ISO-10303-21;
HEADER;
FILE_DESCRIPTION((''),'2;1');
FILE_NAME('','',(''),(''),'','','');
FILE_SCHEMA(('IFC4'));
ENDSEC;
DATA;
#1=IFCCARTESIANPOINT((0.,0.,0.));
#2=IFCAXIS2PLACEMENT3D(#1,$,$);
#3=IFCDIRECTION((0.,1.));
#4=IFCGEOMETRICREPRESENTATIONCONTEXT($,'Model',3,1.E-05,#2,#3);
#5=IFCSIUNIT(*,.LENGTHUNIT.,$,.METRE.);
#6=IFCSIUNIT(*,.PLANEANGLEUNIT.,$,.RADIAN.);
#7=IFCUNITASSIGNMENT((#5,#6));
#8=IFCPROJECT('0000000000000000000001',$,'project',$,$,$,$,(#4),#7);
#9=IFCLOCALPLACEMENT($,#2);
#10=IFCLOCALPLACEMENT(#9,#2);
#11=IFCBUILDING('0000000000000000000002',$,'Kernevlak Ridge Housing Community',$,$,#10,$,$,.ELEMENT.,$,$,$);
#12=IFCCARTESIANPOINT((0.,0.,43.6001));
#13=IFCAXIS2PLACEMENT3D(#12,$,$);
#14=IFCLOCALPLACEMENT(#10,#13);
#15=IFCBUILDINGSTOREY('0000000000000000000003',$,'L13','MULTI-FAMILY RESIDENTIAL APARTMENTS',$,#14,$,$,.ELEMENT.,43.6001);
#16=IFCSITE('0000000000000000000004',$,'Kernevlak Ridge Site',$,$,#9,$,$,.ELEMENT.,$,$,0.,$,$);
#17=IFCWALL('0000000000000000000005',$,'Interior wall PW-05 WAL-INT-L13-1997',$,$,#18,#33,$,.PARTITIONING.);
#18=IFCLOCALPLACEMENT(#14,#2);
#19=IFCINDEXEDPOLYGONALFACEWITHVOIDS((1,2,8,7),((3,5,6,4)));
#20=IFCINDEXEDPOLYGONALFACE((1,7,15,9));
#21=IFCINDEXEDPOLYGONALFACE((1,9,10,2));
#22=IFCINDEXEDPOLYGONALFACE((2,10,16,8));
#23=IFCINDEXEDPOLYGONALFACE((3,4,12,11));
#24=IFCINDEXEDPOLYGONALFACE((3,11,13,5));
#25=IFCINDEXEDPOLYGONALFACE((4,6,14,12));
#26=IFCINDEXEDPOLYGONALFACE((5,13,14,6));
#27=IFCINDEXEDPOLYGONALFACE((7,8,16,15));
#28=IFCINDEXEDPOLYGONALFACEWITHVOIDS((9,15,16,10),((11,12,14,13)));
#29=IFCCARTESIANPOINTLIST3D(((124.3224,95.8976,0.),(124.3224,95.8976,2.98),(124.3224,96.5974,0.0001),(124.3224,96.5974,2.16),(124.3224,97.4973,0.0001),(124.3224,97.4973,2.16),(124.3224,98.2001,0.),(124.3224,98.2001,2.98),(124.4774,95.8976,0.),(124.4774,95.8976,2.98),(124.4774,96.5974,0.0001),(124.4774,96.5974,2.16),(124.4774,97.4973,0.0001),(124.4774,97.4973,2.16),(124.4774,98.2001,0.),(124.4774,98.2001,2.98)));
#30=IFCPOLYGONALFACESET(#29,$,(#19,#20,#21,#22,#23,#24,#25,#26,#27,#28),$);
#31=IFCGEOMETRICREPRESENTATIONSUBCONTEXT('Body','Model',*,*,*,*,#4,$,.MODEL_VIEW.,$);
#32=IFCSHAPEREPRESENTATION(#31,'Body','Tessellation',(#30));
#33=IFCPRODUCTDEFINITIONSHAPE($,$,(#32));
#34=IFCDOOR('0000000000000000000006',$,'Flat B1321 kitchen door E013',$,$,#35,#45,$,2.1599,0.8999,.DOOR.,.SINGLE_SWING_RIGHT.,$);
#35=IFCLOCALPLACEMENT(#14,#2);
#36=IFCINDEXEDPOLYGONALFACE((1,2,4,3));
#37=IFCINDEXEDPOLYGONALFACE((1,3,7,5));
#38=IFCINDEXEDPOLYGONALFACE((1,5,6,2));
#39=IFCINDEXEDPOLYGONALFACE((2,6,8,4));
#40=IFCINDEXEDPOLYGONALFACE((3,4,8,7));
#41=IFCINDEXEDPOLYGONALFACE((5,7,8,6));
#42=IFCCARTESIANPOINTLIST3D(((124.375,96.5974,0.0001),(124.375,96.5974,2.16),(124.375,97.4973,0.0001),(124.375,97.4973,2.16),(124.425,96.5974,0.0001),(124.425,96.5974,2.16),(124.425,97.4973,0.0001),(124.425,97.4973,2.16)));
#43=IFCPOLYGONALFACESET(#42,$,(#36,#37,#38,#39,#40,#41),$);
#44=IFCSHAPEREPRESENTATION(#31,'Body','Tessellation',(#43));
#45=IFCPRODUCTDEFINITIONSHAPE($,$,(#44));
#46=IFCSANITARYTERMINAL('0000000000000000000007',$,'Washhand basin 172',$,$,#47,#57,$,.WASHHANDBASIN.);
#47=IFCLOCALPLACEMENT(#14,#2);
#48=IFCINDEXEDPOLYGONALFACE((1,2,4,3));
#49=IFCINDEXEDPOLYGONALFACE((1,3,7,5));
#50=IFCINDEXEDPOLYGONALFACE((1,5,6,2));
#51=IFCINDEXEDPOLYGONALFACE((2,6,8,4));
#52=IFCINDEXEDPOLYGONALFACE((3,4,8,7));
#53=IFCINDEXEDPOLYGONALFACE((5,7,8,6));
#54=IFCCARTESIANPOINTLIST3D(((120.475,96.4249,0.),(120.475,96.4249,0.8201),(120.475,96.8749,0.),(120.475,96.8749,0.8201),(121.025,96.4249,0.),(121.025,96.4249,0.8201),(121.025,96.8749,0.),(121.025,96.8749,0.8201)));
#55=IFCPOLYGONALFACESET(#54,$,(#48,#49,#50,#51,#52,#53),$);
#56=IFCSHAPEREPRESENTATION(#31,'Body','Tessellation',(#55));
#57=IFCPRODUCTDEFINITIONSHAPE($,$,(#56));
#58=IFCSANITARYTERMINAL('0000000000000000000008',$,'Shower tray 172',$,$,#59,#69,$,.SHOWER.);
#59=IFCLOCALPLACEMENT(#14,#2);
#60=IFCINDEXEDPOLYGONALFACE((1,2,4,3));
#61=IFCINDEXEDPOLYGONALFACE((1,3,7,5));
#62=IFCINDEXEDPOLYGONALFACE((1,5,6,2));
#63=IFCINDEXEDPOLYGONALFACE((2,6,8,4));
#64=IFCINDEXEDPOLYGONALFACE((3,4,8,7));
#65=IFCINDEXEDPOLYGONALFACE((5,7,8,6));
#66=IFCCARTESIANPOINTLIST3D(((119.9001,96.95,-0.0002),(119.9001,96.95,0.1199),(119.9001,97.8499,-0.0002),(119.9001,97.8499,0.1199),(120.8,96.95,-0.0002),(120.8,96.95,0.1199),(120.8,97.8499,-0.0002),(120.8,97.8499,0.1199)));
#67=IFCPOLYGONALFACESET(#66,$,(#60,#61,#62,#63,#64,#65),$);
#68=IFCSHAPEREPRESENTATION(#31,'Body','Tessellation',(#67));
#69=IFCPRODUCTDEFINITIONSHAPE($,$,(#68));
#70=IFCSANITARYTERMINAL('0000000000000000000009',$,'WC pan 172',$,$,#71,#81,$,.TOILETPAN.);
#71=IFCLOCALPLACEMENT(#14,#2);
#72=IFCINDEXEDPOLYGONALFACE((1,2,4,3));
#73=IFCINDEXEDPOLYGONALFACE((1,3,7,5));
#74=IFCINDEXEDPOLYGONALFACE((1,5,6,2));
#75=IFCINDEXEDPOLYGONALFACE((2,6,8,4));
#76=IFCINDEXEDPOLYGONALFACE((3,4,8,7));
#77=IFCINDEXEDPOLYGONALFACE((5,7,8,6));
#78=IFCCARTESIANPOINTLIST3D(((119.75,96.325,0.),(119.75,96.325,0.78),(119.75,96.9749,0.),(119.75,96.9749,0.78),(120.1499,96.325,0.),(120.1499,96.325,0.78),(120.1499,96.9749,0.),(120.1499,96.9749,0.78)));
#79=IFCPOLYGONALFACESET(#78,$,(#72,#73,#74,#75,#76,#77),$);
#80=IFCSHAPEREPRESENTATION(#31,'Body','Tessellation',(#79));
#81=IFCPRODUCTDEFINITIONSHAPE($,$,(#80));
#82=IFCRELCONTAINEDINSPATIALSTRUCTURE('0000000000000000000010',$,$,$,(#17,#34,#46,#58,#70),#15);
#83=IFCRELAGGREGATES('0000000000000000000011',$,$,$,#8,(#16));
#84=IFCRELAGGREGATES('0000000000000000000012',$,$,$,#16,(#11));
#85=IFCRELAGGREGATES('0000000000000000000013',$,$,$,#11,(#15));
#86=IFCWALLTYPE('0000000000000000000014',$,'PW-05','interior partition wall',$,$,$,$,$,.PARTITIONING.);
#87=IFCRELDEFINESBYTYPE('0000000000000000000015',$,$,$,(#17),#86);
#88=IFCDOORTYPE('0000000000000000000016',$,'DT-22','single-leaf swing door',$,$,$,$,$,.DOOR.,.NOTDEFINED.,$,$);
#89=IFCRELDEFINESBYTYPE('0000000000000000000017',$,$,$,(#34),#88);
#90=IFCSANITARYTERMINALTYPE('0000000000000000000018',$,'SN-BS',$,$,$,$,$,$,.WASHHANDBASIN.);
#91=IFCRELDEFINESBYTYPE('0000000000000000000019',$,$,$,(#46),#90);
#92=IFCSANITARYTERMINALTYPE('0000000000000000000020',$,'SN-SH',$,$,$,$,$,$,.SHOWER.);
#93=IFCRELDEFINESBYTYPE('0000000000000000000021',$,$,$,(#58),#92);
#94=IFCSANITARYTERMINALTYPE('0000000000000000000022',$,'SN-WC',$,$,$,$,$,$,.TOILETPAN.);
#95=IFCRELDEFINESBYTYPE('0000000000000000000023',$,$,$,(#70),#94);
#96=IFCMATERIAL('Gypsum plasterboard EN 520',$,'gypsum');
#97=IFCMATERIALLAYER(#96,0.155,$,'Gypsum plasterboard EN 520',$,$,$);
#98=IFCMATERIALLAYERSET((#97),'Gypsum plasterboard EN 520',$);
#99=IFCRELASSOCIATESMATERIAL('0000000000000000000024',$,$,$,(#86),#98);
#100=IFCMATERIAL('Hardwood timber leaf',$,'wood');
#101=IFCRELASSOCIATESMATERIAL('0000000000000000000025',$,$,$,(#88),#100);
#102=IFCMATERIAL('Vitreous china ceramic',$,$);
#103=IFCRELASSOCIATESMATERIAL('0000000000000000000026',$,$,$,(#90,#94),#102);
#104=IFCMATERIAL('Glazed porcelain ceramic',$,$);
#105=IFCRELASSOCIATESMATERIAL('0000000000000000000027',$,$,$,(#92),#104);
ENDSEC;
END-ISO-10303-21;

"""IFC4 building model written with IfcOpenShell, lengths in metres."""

from ifc_helpers import new_model, si_unit, direction, frame, frame_2d, origin, origin_2d, place, context, subcontext, project, spatial, rectangle, extrude, material, layer, layer_set, type_object, element, fill, save


model = new_model("IFC4")

# Units and contexts
model_context = context("Model", 3, precision=1e-05, world=origin(), true_north=direction((0.0, 1.0)))
body_context = subcontext(model_context, "Body", "Model", "MODEL_VIEW")
ifc_project = project(units=[si_unit("LENGTHUNIT", "METRE"), si_unit("PLANEANGLEUNIT", "RADIAN")], contexts=[model_context])

# Site, building, storey
site_placement = place(None, origin())
site = spatial("IfcSite", under=ifc_project, at=site_placement, Name="Kernevlak Ridge Site", CompositionType="ELEMENT", RefElevation=0.0)
building_placement = place(site_placement, origin())
building = spatial("IfcBuilding", under=site, at=building_placement, Name="Kernevlak Ridge Housing Community", CompositionType="ELEMENT")
storey_placement = place(building_placement, frame((0.0, 0.0, 43.6001)))
storey = spatial("IfcBuildingStorey", under=building, at=storey_placement, Name="L13", Description="MULTI-FAMILY RESIDENTIAL APARTMENTS", CompositionType="ELEMENT", Elevation=43.6001)

# Shared definitions
ifc_material_1 = material(Name="Hardwood timber leaf", Category="wood")

# Shared definitions
ifc_material_2 = material(Name="Gypsum plasterboard EN 520", Category="gypsum")

# Wall, opening, door
ifc_layer_1 = layer(ifc_material_2, 0.155, Name="Gypsum plasterboard EN 520")
ifc_layer_set_1 = layer_set([ifc_layer_1], Name="Gypsum plasterboard EN 520")
wall_type_1 = type_object("IfcWallType", Name="PW-05", Description="interior partition wall", PredefinedType="PARTITIONING", material=ifc_layer_set_1)
wall_1_placement = place(storey_placement, frame((124.3999, 95.8975, 0.0), z_axis=(0.0, 0.0, 1.0), x_axis=(0.0, 1.0, 0.0)))
wall_1 = element("IfcWall", 1, at=wall_1_placement, inside=storey, type_object=wall_type_1, Name="Interior wall PW-05 WAL-INT-L13-1997", PredefinedType="PARTITIONING", context=body_context, shape_type="SweptSolid", body=[
    extrude(rectangle(XDim=2.3025, YDim=0.155, at=frame_2d((1.1514, 0.0))), origin(), (0.0, 0.0, 1.0), 2.98),
])
opening_1_placement = place(wall_1_placement, frame((0.7, 0.0, 0.0)))
opening_1 = element("IfcOpeningElement", 2, at=opening_1_placement, cuts=wall_1, PredefinedType="OPENING", context=body_context, shape_type="SweptSolid", body=[
    extrude(rectangle(XDim=0.8999, YDim=2.1599, at=frame_2d((0.45, 1.0801))), frame((0.0, 0.0874, 0.0), z_axis=(0.0, -1.0, 0.0), x_axis=(1.0, 0.0, 0.0)), (0.0, 0.0, 1.0), 0.175),
])
door_type_1 = type_object("IfcDoorType", Name="DT-22", Description="single-leaf swing door", OperationType="NOTDEFINED", PredefinedType="DOOR", material=ifc_material_1)
door_1_placement = place(opening_1_placement, origin())
door_1 = element("IfcDoor", 3, at=door_1_placement, inside=storey, type_object=door_type_1, Name="Flat B1321 kitchen door E013", OperationType="SINGLE_SWING_RIGHT", OverallHeight=2.1599, OverallWidth=0.8999, PredefinedType="DOOR", context=body_context, shape_type="SweptSolid", body=[
    extrude(rectangle(XDim=0.8999, YDim=2.1599, at=frame_2d((0.45, 1.0801))), frame((0.0, 0.0249, 0.0), z_axis=(0.0, -1.0, 0.0), x_axis=(1.0, 0.0, 0.0)), (0.0, 0.0, 1.0), 0.05),
])
fill(opening_1, door_1)

# Sanitary terminals
ifc_material_3 = material(Name="Vitreous china ceramic")
sanitary_terminal_type_1 = type_object("IfcSanitaryTerminalType", Name="SN-BS", PredefinedType="WASHHANDBASIN", material=ifc_material_3)
sanitary_terminal_1_placement = place(storey_placement, frame((120.75, 96.6499, 0.0), z_axis=(0.0, 0.0, 1.0), x_axis=(1.0, 0.0, 0.0)))
element("IfcSanitaryTerminal", 4, at=sanitary_terminal_1_placement, inside=storey, type_object=sanitary_terminal_type_1, Name="Washhand basin 172", PredefinedType="WASHHANDBASIN", context=body_context, shape_type="SweptSolid", body=[
    extrude(rectangle(XDim=0.55, YDim=0.45, at=origin_2d()), origin(), (0.0, 0.0, 1.0), 0.8201),
])
ifc_material_4 = material(Name="Glazed porcelain ceramic")
sanitary_terminal_type_2 = type_object("IfcSanitaryTerminalType", Name="SN-SH", PredefinedType="SHOWER", material=ifc_material_4)
sanitary_terminal_2_placement = place(storey_placement, frame((120.3501, 97.3999, -0.0002), z_axis=(0.0, 0.0, 1.0), x_axis=(1.0, 0.0, 0.0)))
element("IfcSanitaryTerminal", 5, at=sanitary_terminal_2_placement, inside=storey, type_object=sanitary_terminal_type_2, Name="Shower tray 172", PredefinedType="SHOWER", context=body_context, shape_type="SweptSolid", body=[
    extrude(rectangle(XDim=0.8999, YDim=0.8999, at=origin_2d()), origin(), (0.0, 0.0, 1.0), 0.1201),
])
sanitary_terminal_type_3 = type_object("IfcSanitaryTerminalType", Name="SN-WC", PredefinedType="TOILETPAN", material=ifc_material_3)
sanitary_terminal_3_placement = place(storey_placement, frame((119.95, 96.6499, 0.0), z_axis=(0.0, 0.0, 1.0), x_axis=(1.0, 0.0, 0.0)))
element("IfcSanitaryTerminal", 6, at=sanitary_terminal_3_placement, inside=storey, type_object=sanitary_terminal_type_3, Name="WC pan 172", PredefinedType="TOILETPAN", context=body_context, shape_type="SweptSolid", body=[
    extrude(rectangle(XDim=0.3999, YDim=0.6499, at=origin_2d()), origin(), (0.0, 0.0, 1.0), 0.78),
])

save(model, "model.ifc")
